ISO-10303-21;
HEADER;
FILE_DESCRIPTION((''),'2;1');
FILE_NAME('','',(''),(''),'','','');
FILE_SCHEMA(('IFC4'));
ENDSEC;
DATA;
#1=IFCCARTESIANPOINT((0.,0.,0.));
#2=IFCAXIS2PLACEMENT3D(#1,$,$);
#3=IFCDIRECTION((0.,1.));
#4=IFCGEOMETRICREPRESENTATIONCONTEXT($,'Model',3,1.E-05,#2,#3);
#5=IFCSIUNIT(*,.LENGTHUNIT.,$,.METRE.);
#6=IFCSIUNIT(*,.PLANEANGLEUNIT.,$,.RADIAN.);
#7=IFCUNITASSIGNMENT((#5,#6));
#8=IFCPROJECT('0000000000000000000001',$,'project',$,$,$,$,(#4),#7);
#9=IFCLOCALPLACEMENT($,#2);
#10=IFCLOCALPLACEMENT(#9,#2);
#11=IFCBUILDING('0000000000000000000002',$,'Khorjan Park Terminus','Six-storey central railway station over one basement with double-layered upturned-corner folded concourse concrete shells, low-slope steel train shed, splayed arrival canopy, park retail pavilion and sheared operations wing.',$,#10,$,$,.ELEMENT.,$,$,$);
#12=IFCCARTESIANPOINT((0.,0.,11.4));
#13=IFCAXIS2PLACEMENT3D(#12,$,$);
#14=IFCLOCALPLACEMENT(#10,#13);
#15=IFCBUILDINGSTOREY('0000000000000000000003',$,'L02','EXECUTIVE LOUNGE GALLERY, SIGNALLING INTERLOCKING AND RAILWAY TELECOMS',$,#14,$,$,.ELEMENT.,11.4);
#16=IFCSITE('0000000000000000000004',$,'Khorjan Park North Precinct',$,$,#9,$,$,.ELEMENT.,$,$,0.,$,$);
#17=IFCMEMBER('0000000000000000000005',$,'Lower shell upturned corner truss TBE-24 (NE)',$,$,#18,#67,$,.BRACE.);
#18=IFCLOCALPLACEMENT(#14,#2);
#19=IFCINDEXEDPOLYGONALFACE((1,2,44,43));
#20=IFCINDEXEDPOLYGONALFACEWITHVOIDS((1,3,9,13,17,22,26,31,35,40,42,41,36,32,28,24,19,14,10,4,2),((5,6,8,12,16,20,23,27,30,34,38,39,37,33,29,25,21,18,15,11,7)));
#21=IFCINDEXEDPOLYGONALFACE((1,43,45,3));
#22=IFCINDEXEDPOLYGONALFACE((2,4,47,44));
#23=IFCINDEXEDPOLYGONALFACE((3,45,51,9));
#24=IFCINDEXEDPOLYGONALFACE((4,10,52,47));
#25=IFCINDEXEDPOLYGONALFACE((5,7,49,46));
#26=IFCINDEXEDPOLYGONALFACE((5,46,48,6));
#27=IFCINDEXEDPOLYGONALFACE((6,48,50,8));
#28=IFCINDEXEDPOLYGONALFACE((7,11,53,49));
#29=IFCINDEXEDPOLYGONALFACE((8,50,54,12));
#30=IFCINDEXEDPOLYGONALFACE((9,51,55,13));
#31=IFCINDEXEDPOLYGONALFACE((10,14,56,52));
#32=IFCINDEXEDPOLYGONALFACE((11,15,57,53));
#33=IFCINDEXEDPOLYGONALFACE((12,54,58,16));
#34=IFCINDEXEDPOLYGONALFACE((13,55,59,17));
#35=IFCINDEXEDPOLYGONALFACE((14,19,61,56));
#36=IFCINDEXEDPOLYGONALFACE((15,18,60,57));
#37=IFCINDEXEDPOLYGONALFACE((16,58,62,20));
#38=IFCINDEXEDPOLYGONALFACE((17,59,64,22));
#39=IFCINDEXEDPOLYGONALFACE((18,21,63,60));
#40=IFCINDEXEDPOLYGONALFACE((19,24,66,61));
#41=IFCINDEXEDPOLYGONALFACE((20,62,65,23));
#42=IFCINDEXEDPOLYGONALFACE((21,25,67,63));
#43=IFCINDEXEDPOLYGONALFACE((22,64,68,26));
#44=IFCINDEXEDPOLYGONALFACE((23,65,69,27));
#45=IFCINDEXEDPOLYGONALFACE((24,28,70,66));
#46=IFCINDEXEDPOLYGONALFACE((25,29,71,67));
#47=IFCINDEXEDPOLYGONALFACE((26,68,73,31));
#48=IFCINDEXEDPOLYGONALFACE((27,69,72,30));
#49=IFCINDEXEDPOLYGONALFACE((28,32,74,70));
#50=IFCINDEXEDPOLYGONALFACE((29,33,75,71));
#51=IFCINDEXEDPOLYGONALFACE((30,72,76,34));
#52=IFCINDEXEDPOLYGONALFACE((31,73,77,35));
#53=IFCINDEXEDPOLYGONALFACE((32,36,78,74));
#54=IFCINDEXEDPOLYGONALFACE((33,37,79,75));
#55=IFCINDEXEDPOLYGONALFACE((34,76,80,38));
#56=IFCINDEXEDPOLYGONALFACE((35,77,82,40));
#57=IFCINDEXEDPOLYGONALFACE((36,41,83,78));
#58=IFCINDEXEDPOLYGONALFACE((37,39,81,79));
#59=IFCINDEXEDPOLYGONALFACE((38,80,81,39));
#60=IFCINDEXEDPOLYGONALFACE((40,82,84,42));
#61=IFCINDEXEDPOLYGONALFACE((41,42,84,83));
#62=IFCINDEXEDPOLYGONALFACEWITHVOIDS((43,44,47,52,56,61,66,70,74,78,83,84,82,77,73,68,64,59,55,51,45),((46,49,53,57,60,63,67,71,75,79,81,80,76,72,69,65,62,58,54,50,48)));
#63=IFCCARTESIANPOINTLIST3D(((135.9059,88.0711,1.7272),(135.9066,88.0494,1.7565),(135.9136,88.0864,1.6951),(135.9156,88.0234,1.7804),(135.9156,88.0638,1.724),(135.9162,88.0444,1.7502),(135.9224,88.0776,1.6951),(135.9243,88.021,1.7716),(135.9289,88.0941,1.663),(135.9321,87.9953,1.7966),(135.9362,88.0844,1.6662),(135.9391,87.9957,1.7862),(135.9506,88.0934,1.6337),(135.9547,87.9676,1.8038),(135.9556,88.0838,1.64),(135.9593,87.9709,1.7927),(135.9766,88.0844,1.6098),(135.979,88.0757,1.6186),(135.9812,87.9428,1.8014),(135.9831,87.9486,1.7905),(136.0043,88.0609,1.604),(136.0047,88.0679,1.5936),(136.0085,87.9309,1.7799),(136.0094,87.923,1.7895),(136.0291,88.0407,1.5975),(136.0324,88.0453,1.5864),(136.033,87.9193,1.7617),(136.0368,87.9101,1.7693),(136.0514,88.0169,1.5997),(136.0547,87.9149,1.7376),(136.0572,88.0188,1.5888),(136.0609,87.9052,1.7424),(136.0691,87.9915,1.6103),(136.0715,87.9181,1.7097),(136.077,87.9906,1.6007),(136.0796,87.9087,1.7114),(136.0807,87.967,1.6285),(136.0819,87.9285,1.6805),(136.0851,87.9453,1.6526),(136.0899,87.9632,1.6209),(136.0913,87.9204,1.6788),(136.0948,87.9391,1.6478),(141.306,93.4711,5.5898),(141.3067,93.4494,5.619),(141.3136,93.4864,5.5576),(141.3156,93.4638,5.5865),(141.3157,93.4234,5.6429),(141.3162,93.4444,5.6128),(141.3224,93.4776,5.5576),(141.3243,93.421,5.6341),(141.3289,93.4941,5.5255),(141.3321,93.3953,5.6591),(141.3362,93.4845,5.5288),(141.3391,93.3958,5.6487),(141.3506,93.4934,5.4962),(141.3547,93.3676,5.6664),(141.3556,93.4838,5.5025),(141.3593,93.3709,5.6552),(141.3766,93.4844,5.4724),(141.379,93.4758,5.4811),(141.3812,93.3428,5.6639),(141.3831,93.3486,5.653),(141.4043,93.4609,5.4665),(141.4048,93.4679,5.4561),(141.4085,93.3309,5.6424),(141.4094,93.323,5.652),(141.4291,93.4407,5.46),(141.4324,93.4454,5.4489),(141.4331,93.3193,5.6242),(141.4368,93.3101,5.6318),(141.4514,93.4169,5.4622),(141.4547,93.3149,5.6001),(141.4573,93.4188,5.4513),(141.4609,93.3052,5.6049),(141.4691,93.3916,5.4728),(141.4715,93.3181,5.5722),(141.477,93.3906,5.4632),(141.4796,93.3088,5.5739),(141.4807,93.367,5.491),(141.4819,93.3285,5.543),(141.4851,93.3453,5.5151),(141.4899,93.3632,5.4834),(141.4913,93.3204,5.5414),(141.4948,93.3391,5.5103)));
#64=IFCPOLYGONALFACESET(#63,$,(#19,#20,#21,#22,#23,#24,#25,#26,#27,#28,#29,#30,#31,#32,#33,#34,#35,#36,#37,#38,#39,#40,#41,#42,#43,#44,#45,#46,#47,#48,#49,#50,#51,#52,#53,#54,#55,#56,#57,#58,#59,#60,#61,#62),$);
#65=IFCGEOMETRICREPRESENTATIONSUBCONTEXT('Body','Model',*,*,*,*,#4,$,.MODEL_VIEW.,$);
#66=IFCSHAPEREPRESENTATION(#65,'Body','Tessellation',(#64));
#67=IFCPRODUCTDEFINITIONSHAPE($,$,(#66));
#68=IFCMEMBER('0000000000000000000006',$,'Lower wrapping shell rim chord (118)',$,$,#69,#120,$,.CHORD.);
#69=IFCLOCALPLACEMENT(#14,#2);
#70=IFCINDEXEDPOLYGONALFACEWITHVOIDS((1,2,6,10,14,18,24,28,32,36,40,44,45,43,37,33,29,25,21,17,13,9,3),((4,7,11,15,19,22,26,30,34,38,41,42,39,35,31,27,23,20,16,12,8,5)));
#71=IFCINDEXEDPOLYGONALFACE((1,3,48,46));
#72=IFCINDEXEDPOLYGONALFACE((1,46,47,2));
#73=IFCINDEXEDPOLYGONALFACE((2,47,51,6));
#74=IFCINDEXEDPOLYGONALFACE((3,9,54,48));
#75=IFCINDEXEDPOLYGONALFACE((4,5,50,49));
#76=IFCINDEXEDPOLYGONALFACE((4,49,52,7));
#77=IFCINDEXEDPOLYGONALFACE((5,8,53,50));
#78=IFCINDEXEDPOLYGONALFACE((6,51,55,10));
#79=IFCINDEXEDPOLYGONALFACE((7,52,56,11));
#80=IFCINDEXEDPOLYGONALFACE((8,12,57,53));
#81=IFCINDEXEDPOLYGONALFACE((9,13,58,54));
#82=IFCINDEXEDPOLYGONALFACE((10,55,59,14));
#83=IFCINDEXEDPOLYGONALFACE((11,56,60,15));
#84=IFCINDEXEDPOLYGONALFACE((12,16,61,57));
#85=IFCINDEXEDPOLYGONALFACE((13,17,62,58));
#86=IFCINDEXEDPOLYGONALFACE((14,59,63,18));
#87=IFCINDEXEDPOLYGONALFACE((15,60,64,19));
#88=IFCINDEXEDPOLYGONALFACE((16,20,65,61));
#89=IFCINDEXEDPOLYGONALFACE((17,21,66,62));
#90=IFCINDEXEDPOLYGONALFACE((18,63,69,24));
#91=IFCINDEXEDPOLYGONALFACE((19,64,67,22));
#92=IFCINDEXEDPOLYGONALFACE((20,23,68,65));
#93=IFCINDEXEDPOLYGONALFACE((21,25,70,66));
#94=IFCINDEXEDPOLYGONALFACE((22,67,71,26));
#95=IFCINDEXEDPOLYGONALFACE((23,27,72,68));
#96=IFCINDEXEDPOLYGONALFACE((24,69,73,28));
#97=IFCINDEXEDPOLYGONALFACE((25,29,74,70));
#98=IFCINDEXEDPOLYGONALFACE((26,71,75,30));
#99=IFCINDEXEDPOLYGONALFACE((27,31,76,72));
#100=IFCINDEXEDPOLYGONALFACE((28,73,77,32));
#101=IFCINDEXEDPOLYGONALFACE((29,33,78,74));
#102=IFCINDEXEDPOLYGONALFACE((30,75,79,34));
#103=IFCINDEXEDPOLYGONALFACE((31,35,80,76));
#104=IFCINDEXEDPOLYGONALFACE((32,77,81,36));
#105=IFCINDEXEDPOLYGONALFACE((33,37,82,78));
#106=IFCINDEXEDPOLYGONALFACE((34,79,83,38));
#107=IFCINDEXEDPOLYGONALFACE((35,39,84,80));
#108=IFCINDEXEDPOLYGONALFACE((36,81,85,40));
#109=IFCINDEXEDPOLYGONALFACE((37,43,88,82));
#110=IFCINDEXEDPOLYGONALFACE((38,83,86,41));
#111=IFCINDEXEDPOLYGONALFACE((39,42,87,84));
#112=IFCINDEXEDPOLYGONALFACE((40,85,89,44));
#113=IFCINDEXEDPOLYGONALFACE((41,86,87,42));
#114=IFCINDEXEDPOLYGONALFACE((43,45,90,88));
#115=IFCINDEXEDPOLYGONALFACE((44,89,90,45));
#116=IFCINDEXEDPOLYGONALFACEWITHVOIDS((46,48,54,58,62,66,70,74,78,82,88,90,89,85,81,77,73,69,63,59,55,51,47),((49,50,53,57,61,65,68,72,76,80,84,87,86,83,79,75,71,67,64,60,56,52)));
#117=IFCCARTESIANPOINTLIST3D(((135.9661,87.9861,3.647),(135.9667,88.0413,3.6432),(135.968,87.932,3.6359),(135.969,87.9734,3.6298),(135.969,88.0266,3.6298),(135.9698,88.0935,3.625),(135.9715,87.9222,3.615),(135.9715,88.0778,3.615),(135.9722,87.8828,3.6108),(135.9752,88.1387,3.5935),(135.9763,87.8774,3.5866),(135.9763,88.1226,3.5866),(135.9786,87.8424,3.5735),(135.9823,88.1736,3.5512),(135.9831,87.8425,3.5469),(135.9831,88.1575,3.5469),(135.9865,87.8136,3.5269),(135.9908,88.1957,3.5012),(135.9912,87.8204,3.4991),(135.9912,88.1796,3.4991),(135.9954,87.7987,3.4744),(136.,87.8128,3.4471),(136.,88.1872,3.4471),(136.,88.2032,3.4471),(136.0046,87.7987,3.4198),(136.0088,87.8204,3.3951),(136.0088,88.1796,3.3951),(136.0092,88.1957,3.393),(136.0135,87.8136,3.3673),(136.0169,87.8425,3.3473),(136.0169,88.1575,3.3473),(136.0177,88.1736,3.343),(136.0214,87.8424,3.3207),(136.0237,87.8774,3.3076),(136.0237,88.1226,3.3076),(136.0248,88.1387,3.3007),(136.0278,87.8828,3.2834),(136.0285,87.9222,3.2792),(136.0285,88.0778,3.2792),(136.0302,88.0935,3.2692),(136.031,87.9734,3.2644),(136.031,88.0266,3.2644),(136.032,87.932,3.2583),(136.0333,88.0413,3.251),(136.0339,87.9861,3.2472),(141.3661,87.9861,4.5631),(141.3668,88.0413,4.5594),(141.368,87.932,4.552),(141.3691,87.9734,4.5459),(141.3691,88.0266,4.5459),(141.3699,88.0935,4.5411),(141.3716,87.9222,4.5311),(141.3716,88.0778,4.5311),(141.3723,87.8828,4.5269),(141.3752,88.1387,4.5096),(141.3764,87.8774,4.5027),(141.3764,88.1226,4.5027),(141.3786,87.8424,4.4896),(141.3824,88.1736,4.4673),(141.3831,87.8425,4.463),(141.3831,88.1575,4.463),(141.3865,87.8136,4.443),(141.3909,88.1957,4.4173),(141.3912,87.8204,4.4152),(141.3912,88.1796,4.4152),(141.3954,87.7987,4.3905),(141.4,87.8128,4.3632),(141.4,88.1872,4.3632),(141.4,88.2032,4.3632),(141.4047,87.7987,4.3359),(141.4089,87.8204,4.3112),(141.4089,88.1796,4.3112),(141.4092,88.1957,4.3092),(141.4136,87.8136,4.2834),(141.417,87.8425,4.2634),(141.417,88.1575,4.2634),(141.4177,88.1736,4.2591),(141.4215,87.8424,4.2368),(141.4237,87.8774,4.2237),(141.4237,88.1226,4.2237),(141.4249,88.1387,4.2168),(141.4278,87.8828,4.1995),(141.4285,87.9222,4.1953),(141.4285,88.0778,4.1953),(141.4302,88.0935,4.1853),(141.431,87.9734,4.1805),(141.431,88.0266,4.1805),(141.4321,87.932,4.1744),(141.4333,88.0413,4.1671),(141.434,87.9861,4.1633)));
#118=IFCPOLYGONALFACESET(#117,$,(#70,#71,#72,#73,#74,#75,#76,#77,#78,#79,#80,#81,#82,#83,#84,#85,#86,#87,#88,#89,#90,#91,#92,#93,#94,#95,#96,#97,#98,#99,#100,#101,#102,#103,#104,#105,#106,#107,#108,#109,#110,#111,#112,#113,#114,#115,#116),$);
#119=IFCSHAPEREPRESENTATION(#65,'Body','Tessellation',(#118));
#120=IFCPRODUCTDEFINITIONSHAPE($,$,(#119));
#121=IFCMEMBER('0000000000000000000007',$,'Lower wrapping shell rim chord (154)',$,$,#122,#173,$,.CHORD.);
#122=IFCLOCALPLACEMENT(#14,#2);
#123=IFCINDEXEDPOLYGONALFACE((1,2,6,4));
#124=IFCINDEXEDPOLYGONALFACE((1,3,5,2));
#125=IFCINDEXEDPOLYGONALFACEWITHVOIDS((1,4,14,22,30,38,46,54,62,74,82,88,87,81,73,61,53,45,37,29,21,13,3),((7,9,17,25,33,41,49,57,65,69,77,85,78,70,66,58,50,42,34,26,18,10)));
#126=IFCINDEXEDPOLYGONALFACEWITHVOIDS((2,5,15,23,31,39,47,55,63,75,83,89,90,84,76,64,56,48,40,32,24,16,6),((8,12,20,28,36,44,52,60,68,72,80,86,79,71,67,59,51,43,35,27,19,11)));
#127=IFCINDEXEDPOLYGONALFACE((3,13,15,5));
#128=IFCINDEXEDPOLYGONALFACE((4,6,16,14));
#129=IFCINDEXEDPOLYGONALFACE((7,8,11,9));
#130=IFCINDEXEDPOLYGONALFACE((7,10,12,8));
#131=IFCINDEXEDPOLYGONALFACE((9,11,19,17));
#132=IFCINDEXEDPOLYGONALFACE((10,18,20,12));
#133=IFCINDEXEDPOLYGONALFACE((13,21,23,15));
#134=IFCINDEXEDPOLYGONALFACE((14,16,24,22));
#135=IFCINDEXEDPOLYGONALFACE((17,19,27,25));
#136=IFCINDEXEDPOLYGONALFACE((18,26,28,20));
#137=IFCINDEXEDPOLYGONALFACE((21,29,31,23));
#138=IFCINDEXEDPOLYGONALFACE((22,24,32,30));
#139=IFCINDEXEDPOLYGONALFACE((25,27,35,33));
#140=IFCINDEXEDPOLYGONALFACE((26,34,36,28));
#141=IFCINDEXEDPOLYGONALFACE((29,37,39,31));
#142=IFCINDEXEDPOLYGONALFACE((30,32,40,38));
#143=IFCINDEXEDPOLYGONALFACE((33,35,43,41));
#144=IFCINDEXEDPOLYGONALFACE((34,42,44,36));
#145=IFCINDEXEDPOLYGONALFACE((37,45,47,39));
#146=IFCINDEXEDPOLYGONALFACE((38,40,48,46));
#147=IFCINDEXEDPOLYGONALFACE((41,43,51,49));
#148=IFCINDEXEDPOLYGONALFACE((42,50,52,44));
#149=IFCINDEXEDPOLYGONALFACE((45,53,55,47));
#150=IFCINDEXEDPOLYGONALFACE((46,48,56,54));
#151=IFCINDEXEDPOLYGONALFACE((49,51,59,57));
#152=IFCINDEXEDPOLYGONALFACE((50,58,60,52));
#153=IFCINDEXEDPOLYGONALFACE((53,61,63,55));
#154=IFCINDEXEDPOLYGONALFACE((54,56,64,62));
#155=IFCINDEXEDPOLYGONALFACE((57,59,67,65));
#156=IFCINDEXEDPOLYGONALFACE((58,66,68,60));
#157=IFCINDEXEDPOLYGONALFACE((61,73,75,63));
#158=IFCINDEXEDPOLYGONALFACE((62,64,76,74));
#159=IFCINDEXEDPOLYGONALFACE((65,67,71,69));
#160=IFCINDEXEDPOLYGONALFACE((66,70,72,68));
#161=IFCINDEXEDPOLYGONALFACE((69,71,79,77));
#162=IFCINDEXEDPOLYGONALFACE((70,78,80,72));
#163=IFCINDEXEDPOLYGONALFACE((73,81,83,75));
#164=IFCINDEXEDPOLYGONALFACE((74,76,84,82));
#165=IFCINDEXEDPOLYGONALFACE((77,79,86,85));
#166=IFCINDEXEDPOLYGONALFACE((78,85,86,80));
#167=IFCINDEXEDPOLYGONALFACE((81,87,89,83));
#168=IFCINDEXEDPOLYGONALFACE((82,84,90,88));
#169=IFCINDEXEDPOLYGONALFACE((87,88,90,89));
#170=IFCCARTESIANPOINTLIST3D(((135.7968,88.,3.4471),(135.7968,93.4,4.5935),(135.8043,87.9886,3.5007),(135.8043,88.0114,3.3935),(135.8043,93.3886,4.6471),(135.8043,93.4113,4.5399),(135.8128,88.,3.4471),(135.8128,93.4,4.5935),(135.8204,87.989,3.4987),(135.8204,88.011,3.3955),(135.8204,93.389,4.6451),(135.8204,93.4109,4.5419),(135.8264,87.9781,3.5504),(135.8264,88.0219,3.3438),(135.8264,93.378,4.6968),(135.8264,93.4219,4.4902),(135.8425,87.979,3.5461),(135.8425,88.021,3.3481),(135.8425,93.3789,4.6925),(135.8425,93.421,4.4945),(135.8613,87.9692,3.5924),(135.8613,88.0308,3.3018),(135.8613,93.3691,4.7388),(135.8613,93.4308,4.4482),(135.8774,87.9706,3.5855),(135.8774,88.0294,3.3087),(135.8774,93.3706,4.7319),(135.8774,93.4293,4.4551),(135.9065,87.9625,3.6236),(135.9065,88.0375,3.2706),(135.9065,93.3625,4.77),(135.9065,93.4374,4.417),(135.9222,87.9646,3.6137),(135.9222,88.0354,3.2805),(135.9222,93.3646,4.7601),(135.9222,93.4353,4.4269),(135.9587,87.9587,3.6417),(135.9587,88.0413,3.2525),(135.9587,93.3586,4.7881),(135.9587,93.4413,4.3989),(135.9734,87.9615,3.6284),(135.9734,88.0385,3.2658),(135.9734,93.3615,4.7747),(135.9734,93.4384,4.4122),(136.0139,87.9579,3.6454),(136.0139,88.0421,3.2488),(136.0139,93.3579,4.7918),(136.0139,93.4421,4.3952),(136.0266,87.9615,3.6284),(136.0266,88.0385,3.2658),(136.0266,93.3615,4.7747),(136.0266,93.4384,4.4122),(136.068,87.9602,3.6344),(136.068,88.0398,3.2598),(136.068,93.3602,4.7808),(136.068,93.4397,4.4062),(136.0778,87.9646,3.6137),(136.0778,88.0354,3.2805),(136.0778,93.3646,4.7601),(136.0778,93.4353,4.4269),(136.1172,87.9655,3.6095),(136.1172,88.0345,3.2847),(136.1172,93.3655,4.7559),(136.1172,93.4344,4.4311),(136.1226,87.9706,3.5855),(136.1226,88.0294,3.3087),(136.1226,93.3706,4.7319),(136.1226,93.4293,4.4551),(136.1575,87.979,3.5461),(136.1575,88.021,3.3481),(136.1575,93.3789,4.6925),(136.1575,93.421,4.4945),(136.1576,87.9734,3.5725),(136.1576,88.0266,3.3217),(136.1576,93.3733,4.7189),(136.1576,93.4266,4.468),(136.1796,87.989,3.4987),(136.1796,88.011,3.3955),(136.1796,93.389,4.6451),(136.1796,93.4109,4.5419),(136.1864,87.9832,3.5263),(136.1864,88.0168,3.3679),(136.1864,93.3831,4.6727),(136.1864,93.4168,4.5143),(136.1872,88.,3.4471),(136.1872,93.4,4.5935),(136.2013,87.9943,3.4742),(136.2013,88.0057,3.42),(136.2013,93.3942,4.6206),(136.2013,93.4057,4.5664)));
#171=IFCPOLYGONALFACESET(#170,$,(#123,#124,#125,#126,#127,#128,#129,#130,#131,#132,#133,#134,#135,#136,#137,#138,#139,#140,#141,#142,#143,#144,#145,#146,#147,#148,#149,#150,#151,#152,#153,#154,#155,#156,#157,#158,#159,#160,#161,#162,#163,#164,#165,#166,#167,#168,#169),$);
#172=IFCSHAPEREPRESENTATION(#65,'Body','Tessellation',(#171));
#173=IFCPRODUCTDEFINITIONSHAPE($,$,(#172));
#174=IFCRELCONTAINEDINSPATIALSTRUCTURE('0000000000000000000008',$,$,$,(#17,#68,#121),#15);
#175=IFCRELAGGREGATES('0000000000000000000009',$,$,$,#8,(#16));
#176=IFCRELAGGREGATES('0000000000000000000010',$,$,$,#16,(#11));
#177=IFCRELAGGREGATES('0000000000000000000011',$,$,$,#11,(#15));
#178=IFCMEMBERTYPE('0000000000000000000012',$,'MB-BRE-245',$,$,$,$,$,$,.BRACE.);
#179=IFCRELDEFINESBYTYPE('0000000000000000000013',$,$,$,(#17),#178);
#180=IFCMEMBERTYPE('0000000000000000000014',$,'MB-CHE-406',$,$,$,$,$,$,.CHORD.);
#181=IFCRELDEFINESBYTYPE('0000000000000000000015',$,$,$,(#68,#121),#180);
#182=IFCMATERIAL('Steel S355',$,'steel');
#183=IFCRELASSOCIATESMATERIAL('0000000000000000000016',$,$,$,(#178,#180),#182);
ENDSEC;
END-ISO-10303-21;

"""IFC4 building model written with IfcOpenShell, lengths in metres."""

from ifc_helpers import new_model, si_unit, direction, frame, origin, origin_2d, place, context, subcontext, project, spatial, hollow_circle, extrude, material, material_profile, profile_set, type_object, element, save


model = new_model("IFC4")

# Units and contexts
model_context = context("Model", 3, precision=1e-05, world=origin(), true_north=direction((0.0, 1.0)))
body_context = subcontext(model_context, "Body", "Model", "MODEL_VIEW")
ifc_project = project(units=[si_unit("LENGTHUNIT", "METRE"), si_unit("PLANEANGLEUNIT", "RADIAN")], contexts=[model_context])

# Site, building, storey
site_placement = place(None, origin())
site = spatial("IfcSite", under=ifc_project, at=site_placement, Name="Khorjan Park North Precinct", CompositionType="ELEMENT", RefElevation=0.0)
building_placement = place(site_placement, origin())
building = spatial("IfcBuilding", under=site, at=building_placement, Name="Khorjan Park Terminus", Description="Six-storey central railway station over one basement with double-layered upturned-corner folded concourse concrete shells, low-slope steel train shed, splayed arrival canopy, park retail pavilion and sheared operations wing.", CompositionType="ELEMENT")
storey_placement = place(building_placement, frame((0.0, 0.0, 11.4)))
storey = spatial("IfcBuildingStorey", under=building, at=storey_placement, Name="L02", Description="EXECUTIVE LOUNGE GALLERY, SIGNALLING INTERLOCKING AND RAILWAY TELECOMS", CompositionType="ELEMENT", Elevation=11.4)

# Members
ifc_material_1 = material(Name="Steel S355", Category="steel")
ifc_material_profile_1 = material_profile(ifc_material_1, hollow_circle(Radius=0.1222, WallThickness=0.0125, at=origin_2d()), Name="CHS 244.5x12.5")
ifc_profile_set_1 = profile_set([ifc_material_profile_1], Name="Steel S355")
member_type_1 = type_object("IfcMemberType", Name="MB-BRE-245", PredefinedType="BRACE", material=ifc_profile_set_1)
member_1_placement = place(storey_placement, frame((136.0, 88.0, 1.6951), z_axis=(0.630991, 0.630991, 0.451333), x_axis=(-0.707107, 0.707107, 0.0)))
element("IfcMember", 1, at=member_1_placement, inside=storey, type_object=member_type_1, Name="Lower shell upturned corner truss TBE-24 (NE)", PredefinedType="BRACE", context=body_context, shape_type="SweptSolid", body=[
    extrude(hollow_circle(Radius=0.1222, WallThickness=0.0125, at=origin_2d()), origin(), (0.0, 0.0, 1.0), 8.558),
])
ifc_material_profile_2 = material_profile(ifc_material_1, hollow_circle(Radius=0.2032, WallThickness=0.016, at=origin_2d()), Name="CHS 406.4x16")
ifc_profile_set_2 = profile_set([ifc_material_profile_2], Name="Steel S355")
member_type_2 = type_object("IfcMemberType", Name="MB-CHE-406", PredefinedType="CHORD", material=ifc_profile_set_2)
member_2_placement = place(storey_placement, frame((136.0, 88.0, 3.4471), z_axis=(0.985913, 0.0, 0.167258), x_axis=(0.0, 1.0, 0.0)))
element("IfcMember", 2, at=member_2_placement, inside=storey, type_object=member_type_2, Name="Lower wrapping shell rim chord (118)", PredefinedType="CHORD", context=body_context, shape_type="SweptSolid", body=[
    extrude(hollow_circle(Radius=0.2032, WallThickness=0.016, at=origin_2d()), origin(), (0.0, 0.0, 1.0), 5.4772),
])
member_3_placement = place(storey_placement, frame((136.0, 88.0, 3.4471), z_axis=(0.0, 0.978199, 0.207668), x_axis=(-1.0, 0.0, 0.0)))
element("IfcMember", 3, at=member_3_placement, inside=storey, type_object=member_type_2, Name="Lower wrapping shell rim chord (154)", PredefinedType="CHORD", context=body_context, shape_type="SweptSolid", body=[
    extrude(hollow_circle(Radius=0.2032, WallThickness=0.016, at=origin_2d()), origin(), (0.0, 0.0, 1.0), 5.5203),
])

save(model, "model.ifc")
